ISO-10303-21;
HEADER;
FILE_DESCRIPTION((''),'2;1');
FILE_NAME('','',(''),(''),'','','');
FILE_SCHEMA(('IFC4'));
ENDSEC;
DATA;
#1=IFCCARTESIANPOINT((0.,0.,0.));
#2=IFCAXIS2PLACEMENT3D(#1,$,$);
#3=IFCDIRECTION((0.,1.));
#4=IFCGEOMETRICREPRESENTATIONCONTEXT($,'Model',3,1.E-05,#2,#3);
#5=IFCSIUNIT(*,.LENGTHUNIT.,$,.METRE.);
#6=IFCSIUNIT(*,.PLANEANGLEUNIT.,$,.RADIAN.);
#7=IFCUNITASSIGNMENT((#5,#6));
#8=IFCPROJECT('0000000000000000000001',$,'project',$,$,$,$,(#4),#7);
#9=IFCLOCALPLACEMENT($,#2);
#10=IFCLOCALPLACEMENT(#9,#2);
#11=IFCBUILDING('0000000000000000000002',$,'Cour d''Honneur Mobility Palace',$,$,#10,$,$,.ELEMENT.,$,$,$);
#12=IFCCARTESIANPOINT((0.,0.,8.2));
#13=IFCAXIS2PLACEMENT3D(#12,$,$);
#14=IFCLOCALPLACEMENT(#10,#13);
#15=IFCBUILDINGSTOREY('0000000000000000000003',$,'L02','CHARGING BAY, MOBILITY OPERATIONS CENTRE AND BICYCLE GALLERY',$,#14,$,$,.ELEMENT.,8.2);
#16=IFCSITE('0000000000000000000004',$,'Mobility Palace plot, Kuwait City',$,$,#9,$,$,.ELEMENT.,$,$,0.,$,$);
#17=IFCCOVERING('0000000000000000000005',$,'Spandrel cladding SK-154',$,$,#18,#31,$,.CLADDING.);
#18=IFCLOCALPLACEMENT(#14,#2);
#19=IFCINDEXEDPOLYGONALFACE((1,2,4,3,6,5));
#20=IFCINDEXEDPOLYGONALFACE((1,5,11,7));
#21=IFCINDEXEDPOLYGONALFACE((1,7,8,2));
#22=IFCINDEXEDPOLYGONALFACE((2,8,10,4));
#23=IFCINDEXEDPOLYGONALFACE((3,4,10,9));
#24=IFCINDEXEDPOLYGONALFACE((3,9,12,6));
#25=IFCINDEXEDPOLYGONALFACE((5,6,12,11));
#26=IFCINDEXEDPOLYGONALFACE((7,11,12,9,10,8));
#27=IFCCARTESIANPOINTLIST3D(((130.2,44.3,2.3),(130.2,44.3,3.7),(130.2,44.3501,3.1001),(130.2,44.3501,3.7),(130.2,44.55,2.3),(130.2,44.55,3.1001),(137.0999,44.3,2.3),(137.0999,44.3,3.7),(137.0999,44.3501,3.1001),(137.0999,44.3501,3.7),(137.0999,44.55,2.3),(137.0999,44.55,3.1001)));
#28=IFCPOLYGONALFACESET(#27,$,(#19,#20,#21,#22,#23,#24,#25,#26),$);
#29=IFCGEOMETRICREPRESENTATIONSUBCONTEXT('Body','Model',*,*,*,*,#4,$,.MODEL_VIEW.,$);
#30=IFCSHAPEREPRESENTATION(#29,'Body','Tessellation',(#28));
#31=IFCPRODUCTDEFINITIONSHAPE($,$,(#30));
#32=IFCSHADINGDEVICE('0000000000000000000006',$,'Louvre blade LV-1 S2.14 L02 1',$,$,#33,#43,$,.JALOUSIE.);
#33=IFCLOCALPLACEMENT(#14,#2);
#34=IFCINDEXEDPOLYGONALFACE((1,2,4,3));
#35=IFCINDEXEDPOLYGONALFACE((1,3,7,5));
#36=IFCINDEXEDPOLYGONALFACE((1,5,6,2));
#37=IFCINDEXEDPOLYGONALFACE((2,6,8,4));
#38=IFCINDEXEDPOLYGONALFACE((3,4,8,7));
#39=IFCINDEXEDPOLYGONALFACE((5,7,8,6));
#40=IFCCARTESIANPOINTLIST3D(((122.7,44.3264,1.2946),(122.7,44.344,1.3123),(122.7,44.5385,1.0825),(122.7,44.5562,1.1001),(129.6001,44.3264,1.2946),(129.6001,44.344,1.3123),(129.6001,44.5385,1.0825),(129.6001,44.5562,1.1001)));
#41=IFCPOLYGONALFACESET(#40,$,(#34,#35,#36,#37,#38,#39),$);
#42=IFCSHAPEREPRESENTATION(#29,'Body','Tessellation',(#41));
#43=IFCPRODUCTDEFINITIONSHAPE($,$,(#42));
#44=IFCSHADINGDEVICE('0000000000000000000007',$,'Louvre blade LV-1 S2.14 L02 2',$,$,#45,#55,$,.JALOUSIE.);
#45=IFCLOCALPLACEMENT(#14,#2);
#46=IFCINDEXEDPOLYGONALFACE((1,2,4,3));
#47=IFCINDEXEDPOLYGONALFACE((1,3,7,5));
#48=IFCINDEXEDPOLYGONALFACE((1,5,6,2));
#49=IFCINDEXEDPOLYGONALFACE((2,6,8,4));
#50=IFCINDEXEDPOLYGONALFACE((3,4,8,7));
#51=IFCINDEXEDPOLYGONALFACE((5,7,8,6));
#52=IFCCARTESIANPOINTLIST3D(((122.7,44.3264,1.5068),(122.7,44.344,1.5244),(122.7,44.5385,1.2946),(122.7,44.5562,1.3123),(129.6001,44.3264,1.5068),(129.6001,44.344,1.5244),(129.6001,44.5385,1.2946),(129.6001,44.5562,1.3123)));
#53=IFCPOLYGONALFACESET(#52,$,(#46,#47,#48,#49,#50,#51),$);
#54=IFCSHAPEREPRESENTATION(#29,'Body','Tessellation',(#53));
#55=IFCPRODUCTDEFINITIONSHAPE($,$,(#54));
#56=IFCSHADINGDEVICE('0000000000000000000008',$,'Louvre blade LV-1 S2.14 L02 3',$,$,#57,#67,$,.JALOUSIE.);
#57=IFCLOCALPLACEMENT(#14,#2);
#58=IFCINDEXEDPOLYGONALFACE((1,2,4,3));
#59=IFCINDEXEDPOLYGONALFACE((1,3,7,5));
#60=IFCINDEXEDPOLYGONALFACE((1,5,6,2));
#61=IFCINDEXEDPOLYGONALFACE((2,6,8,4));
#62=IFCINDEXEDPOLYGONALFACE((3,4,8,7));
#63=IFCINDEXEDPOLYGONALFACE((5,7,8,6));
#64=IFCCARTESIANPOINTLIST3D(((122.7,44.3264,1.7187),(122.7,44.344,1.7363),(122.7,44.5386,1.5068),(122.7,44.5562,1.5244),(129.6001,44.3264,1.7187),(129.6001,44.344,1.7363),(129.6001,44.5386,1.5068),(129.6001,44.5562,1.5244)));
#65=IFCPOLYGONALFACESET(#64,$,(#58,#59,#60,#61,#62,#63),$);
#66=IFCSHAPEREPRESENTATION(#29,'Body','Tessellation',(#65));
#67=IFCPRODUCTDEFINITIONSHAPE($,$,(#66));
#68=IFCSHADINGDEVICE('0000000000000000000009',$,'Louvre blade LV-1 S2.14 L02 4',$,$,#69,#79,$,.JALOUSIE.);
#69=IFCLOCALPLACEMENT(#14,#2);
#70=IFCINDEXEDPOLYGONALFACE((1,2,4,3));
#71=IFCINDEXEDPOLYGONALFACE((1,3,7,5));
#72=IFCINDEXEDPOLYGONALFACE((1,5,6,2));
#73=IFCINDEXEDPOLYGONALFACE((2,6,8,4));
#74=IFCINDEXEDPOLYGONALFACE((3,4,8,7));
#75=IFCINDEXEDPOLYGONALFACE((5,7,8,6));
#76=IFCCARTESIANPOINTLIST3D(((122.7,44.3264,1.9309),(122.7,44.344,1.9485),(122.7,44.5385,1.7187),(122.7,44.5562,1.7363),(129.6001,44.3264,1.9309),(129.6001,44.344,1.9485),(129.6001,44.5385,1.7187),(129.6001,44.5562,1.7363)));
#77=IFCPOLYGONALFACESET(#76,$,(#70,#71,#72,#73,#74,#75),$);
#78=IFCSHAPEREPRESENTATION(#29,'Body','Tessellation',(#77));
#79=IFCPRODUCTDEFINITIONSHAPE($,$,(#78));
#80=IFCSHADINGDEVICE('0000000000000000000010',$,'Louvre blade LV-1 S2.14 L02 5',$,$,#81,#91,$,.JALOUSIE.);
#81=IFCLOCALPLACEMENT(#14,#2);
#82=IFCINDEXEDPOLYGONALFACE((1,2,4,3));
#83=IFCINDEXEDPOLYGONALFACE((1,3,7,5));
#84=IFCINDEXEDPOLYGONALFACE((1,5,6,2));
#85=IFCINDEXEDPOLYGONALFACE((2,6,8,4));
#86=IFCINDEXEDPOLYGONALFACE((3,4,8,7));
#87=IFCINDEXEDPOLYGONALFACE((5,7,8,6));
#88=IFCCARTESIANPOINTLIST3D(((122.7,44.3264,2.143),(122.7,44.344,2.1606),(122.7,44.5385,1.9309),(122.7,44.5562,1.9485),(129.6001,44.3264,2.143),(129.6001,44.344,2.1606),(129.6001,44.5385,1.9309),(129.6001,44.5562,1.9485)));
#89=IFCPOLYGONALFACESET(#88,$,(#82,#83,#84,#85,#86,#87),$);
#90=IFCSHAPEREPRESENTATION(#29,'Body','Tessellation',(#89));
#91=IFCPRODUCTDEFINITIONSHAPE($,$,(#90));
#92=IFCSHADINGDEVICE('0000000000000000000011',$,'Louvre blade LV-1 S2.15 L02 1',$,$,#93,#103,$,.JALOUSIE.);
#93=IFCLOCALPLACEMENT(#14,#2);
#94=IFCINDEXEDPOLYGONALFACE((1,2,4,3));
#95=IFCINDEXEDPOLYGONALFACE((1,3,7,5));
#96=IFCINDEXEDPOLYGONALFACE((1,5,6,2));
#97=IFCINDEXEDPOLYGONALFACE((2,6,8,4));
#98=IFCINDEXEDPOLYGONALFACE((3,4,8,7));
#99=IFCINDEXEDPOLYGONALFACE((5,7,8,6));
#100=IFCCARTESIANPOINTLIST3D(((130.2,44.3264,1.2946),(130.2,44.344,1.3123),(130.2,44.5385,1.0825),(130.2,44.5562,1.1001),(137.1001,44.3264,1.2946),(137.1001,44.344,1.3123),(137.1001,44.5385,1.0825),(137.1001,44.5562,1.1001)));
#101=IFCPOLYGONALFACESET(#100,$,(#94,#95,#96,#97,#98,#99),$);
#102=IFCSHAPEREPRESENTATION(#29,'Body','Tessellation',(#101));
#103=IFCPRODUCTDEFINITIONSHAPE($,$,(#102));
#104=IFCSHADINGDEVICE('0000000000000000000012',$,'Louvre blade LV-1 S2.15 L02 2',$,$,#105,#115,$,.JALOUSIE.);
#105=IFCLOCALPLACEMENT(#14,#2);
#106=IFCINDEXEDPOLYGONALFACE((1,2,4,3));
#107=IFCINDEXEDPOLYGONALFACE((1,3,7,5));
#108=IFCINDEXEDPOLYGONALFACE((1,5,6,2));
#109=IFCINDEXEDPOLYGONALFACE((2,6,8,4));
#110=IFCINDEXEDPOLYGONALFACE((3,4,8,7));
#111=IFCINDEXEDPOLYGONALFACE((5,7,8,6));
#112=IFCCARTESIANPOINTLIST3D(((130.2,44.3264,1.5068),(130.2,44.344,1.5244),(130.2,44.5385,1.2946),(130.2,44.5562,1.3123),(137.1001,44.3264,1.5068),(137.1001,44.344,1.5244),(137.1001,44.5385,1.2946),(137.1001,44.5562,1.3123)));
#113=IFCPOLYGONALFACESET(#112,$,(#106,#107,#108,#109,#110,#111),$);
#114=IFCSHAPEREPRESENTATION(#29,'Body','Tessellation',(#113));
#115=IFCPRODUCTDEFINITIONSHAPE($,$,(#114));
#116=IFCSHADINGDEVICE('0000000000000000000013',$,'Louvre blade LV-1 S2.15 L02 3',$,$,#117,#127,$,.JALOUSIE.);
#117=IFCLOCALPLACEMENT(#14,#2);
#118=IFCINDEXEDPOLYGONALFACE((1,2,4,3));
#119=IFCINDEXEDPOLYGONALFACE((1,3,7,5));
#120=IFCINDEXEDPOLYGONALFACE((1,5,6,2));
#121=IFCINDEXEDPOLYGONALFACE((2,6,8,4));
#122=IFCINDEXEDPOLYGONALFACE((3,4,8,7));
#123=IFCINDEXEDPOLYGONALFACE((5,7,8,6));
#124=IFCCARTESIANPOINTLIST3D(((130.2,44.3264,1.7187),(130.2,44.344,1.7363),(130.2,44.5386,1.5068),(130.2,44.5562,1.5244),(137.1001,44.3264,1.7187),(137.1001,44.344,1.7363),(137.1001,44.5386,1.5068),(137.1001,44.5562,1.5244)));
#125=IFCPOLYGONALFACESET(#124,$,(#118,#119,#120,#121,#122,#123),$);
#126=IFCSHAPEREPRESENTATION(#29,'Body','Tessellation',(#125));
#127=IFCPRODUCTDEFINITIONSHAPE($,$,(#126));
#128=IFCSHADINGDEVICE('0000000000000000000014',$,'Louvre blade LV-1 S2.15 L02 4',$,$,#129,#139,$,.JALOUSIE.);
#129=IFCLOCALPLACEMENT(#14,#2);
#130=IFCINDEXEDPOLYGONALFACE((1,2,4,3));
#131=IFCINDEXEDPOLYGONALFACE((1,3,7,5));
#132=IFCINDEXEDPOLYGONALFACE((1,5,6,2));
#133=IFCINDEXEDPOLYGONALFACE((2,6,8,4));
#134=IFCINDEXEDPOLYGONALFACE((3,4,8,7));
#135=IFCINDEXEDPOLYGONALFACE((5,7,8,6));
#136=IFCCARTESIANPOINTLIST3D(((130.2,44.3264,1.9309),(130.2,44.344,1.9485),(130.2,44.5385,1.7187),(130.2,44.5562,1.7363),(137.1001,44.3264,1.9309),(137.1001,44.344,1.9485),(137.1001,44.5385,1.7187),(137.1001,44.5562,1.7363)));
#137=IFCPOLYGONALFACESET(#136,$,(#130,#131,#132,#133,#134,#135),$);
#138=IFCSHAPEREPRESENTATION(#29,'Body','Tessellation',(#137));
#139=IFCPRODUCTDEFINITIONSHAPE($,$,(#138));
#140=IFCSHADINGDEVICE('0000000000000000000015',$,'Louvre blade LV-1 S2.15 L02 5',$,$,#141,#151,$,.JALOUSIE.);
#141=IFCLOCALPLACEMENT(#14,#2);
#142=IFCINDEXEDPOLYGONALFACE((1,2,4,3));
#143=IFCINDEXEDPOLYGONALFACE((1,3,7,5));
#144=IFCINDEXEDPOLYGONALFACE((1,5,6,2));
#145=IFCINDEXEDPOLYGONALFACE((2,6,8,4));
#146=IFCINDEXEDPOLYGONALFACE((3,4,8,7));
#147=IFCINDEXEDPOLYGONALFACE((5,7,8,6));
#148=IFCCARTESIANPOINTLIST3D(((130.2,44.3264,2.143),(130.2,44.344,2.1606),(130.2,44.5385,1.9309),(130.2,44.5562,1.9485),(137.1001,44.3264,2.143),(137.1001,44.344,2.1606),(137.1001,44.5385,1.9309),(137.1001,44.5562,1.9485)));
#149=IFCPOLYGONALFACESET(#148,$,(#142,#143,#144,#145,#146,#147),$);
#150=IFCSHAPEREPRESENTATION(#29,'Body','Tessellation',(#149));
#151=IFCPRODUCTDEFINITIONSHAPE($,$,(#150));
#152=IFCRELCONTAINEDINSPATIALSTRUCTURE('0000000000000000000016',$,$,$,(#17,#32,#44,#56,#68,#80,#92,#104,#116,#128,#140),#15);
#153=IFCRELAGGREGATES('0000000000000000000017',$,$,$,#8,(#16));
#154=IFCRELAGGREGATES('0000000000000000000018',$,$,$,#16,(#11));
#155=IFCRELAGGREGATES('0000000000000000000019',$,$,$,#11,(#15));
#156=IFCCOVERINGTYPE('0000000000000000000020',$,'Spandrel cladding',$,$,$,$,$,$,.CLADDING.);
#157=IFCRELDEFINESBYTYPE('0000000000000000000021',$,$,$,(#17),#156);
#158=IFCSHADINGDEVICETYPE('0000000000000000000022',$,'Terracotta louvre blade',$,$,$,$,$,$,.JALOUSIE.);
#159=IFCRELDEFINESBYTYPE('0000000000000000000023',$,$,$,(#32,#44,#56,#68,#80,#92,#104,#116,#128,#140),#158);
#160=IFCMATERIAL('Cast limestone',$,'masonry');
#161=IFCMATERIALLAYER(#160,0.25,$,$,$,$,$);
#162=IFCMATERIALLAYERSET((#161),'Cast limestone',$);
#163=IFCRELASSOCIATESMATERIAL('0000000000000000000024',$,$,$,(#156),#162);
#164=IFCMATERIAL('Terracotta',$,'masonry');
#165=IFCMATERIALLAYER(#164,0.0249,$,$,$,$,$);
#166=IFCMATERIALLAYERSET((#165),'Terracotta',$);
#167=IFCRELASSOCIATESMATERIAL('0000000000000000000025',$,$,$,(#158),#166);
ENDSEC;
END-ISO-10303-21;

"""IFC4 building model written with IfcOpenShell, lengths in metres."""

from ifc_helpers import new_model, si_unit, direction, frame, origin, place, context, subcontext, project, spatial, polyline, outline, extrude, material, layer, layer_set, type_object, element, save


model = new_model("IFC4")

# Units and contexts
model_context = context("Model", 3, precision=1e-05, world=origin(), true_north=direction((0.0, 1.0)))
body_context = subcontext(model_context, "Body", "Model", "MODEL_VIEW")
ifc_project = project(units=[si_unit("LENGTHUNIT", "METRE"), si_unit("PLANEANGLEUNIT", "RADIAN")], contexts=[model_context])

# Site, building, storey
site_placement = place(None, origin())
site = spatial("IfcSite", under=ifc_project, at=site_placement, Name="Mobility Palace plot, Kuwait City", CompositionType="ELEMENT", RefElevation=0.0)
building_placement = place(site_placement, origin())
building = spatial("IfcBuilding", under=site, at=building_placement, Name="Cour d'Honneur Mobility Palace", CompositionType="ELEMENT")
storey_placement = place(building_placement, frame((0.0, 0.0, 8.2)))
storey = spatial("IfcBuildingStorey", under=building, at=storey_placement, Name="L02", Description="CHARGING BAY, MOBILITY OPERATIONS CENTRE AND BICYCLE GALLERY", CompositionType="ELEMENT", Elevation=8.2)

# Covering
ifc_material_1 = material(Name="Cast limestone", Category="masonry")
ifc_layer_1 = layer(ifc_material_1, 0.25)
ifc_layer_set_1 = layer_set([ifc_layer_1], Name="Cast limestone")
covering_type = type_object("IfcCoveringType", Name="Spandrel cladding", PredefinedType="CLADDING", material=ifc_layer_set_1)
for number, where, z_axis, x_axis, name in (
    (1, (130.2, 44.55, 2.3), (-1.0, 0.0, 0.0), (0.0, -1.0, 0.0), "Spandrel cladding SK-154"),
):
    element("IfcCovering", number, at=place(storey_placement, frame(where, z_axis=z_axis, x_axis=x_axis)), inside=storey, type_object=covering_type, Name=name, PredefinedType="CLADDING", context=body_context, shape_type="SweptSolid", body=[
        extrude(outline(polyline([(0.0, 0.0), (0.25, 0.0), (0.25, 1.3999), (0.2, 1.3999), (0.2, 0.8), (0.0, 0.8), (0.0, 0.0)])), origin(), (0.0, 0.0, -1.0), 6.8999),
    ])

# Shading devices
ifc_material_2 = material(Name="Terracotta", Category="masonry")
ifc_layer_2 = layer(ifc_material_2, 0.0249)
ifc_layer_set_2 = layer_set([ifc_layer_2], Name="Terracotta")
shading_device_type = type_object("IfcShadingDeviceType", Name="Terracotta louvre blade", PredefinedType="JALOUSIE", material=ifc_layer_set_2)
for number, where, z_axis, x_axis, name in (
    (2, (122.7, 44.5562, 1.1001), (0.0, 0.707107, 0.707107), (1.0, 0.0, 0.0), "Louvre blade LV-1 S2.14 L02 1"),
    (3, (122.7, 44.5562, 1.3123), (0.0, 0.707107, 0.707107), (1.0, 0.0, 0.0), "Louvre blade LV-1 S2.14 L02 2"),
):
    element("IfcShadingDevice", number, at=place(storey_placement, frame(where, z_axis=z_axis, x_axis=x_axis)), inside=storey, type_object=shading_device_type, Name=name, PredefinedType="JALOUSIE", context=body_context, shape_type="SweptSolid", body=[
        extrude(outline(polyline([(0.0, 0.0), (6.9001, 0.0), (6.9001, -0.3), (0.0, -0.3), (0.0, 0.0)])), origin(), (0.0, 0.0, -1.0), 0.0249),
    ])
shading_device_1_placement = place(storey_placement, frame((122.7, 44.5562, 1.5244), z_axis=(0.0, 0.7067, 0.707514), x_axis=(1.0, 0.0, 0.0)))
element("IfcShadingDevice", 4, at=shading_device_1_placement, inside=storey, type_object=shading_device_type, Name="Louvre blade LV-1 S2.14 L02 3", PredefinedType="JALOUSIE", context=body_context, shape_type="SweptSolid", body=[
    extrude(outline(polyline([(0.0, 0.0), (6.9001, 0.0), (6.9001, -0.2999), (0.0, -0.2999), (0.0, 0.0)])), origin(), (0.0, 0.0, -1.0), 0.0249),
])
for number, where, z_axis, x_axis, name in (
    (5, (122.7, 44.5562, 1.7363), (0.0, 0.707107, 0.707107), (1.0, 0.0, 0.0), "Louvre blade LV-1 S2.14 L02 4"),
    (6, (122.7, 44.5562, 1.9485), (0.0, 0.707107, 0.707107), (1.0, 0.0, 0.0), "Louvre blade LV-1 S2.14 L02 5"),
    (7, (130.2, 44.5562, 1.1001), (0.0, 0.707107, 0.707107), (1.0, 0.0, 0.0), "Louvre blade LV-1 S2.15 L02 1"),
    (8, (130.2, 44.5562, 1.3123), (0.0, 0.707107, 0.707107), (1.0, 0.0, 0.0), "Louvre blade LV-1 S2.15 L02 2"),
):
    element("IfcShadingDevice", number, at=place(storey_placement, frame(where, z_axis=z_axis, x_axis=x_axis)), inside=storey, type_object=shading_device_type, Name=name, PredefinedType="JALOUSIE", context=body_context, shape_type="SweptSolid", body=[
        extrude(outline(polyline([(0.0, 0.0), (6.9001, 0.0), (6.9001, -0.3), (0.0, -0.3), (0.0, 0.0)])), origin(), (0.0, 0.0, -1.0), 0.0249),
    ])
shading_device_2_placement = place(storey_placement, frame((130.2, 44.5562, 1.5244), z_axis=(0.0, 0.7067, 0.707514), x_axis=(1.0, 0.0, 0.0)))
element("IfcShadingDevice", 9, at=shading_device_2_placement, inside=storey, type_object=shading_device_type, Name="Louvre blade LV-1 S2.15 L02 3", PredefinedType="JALOUSIE", context=body_context, shape_type="SweptSolid", body=[
    extrude(outline(polyline([(0.0, 0.0), (6.9001, 0.0), (6.9001, -0.2999), (0.0, -0.2999), (0.0, 0.0)])), origin(), (0.0, 0.0, -1.0), 0.0249),
])
for number, where, z_axis, x_axis, name in (
    (10, (130.2, 44.5562, 1.7363), (0.0, 0.707107, 0.707107), (1.0, 0.0, 0.0), "Louvre blade LV-1 S2.15 L02 4"),
    (11, (130.2, 44.5562, 1.9485), (0.0, 0.707107, 0.707107), (1.0, 0.0, 0.0), "Louvre blade LV-1 S2.15 L02 5"),
):
    element("IfcShadingDevice", number, at=place(storey_placement, frame(where, z_axis=z_axis, x_axis=x_axis)), inside=storey, type_object=shading_device_type, Name=name, PredefinedType="JALOUSIE", context=body_context, shape_type="SweptSolid", body=[
        extrude(outline(polyline([(0.0, 0.0), (6.9001, 0.0), (6.9001, -0.3), (0.0, -0.3), (0.0, 0.0)])), origin(), (0.0, 0.0, -1.0), 0.0249),
    ])

save(model, "model.ifc")
